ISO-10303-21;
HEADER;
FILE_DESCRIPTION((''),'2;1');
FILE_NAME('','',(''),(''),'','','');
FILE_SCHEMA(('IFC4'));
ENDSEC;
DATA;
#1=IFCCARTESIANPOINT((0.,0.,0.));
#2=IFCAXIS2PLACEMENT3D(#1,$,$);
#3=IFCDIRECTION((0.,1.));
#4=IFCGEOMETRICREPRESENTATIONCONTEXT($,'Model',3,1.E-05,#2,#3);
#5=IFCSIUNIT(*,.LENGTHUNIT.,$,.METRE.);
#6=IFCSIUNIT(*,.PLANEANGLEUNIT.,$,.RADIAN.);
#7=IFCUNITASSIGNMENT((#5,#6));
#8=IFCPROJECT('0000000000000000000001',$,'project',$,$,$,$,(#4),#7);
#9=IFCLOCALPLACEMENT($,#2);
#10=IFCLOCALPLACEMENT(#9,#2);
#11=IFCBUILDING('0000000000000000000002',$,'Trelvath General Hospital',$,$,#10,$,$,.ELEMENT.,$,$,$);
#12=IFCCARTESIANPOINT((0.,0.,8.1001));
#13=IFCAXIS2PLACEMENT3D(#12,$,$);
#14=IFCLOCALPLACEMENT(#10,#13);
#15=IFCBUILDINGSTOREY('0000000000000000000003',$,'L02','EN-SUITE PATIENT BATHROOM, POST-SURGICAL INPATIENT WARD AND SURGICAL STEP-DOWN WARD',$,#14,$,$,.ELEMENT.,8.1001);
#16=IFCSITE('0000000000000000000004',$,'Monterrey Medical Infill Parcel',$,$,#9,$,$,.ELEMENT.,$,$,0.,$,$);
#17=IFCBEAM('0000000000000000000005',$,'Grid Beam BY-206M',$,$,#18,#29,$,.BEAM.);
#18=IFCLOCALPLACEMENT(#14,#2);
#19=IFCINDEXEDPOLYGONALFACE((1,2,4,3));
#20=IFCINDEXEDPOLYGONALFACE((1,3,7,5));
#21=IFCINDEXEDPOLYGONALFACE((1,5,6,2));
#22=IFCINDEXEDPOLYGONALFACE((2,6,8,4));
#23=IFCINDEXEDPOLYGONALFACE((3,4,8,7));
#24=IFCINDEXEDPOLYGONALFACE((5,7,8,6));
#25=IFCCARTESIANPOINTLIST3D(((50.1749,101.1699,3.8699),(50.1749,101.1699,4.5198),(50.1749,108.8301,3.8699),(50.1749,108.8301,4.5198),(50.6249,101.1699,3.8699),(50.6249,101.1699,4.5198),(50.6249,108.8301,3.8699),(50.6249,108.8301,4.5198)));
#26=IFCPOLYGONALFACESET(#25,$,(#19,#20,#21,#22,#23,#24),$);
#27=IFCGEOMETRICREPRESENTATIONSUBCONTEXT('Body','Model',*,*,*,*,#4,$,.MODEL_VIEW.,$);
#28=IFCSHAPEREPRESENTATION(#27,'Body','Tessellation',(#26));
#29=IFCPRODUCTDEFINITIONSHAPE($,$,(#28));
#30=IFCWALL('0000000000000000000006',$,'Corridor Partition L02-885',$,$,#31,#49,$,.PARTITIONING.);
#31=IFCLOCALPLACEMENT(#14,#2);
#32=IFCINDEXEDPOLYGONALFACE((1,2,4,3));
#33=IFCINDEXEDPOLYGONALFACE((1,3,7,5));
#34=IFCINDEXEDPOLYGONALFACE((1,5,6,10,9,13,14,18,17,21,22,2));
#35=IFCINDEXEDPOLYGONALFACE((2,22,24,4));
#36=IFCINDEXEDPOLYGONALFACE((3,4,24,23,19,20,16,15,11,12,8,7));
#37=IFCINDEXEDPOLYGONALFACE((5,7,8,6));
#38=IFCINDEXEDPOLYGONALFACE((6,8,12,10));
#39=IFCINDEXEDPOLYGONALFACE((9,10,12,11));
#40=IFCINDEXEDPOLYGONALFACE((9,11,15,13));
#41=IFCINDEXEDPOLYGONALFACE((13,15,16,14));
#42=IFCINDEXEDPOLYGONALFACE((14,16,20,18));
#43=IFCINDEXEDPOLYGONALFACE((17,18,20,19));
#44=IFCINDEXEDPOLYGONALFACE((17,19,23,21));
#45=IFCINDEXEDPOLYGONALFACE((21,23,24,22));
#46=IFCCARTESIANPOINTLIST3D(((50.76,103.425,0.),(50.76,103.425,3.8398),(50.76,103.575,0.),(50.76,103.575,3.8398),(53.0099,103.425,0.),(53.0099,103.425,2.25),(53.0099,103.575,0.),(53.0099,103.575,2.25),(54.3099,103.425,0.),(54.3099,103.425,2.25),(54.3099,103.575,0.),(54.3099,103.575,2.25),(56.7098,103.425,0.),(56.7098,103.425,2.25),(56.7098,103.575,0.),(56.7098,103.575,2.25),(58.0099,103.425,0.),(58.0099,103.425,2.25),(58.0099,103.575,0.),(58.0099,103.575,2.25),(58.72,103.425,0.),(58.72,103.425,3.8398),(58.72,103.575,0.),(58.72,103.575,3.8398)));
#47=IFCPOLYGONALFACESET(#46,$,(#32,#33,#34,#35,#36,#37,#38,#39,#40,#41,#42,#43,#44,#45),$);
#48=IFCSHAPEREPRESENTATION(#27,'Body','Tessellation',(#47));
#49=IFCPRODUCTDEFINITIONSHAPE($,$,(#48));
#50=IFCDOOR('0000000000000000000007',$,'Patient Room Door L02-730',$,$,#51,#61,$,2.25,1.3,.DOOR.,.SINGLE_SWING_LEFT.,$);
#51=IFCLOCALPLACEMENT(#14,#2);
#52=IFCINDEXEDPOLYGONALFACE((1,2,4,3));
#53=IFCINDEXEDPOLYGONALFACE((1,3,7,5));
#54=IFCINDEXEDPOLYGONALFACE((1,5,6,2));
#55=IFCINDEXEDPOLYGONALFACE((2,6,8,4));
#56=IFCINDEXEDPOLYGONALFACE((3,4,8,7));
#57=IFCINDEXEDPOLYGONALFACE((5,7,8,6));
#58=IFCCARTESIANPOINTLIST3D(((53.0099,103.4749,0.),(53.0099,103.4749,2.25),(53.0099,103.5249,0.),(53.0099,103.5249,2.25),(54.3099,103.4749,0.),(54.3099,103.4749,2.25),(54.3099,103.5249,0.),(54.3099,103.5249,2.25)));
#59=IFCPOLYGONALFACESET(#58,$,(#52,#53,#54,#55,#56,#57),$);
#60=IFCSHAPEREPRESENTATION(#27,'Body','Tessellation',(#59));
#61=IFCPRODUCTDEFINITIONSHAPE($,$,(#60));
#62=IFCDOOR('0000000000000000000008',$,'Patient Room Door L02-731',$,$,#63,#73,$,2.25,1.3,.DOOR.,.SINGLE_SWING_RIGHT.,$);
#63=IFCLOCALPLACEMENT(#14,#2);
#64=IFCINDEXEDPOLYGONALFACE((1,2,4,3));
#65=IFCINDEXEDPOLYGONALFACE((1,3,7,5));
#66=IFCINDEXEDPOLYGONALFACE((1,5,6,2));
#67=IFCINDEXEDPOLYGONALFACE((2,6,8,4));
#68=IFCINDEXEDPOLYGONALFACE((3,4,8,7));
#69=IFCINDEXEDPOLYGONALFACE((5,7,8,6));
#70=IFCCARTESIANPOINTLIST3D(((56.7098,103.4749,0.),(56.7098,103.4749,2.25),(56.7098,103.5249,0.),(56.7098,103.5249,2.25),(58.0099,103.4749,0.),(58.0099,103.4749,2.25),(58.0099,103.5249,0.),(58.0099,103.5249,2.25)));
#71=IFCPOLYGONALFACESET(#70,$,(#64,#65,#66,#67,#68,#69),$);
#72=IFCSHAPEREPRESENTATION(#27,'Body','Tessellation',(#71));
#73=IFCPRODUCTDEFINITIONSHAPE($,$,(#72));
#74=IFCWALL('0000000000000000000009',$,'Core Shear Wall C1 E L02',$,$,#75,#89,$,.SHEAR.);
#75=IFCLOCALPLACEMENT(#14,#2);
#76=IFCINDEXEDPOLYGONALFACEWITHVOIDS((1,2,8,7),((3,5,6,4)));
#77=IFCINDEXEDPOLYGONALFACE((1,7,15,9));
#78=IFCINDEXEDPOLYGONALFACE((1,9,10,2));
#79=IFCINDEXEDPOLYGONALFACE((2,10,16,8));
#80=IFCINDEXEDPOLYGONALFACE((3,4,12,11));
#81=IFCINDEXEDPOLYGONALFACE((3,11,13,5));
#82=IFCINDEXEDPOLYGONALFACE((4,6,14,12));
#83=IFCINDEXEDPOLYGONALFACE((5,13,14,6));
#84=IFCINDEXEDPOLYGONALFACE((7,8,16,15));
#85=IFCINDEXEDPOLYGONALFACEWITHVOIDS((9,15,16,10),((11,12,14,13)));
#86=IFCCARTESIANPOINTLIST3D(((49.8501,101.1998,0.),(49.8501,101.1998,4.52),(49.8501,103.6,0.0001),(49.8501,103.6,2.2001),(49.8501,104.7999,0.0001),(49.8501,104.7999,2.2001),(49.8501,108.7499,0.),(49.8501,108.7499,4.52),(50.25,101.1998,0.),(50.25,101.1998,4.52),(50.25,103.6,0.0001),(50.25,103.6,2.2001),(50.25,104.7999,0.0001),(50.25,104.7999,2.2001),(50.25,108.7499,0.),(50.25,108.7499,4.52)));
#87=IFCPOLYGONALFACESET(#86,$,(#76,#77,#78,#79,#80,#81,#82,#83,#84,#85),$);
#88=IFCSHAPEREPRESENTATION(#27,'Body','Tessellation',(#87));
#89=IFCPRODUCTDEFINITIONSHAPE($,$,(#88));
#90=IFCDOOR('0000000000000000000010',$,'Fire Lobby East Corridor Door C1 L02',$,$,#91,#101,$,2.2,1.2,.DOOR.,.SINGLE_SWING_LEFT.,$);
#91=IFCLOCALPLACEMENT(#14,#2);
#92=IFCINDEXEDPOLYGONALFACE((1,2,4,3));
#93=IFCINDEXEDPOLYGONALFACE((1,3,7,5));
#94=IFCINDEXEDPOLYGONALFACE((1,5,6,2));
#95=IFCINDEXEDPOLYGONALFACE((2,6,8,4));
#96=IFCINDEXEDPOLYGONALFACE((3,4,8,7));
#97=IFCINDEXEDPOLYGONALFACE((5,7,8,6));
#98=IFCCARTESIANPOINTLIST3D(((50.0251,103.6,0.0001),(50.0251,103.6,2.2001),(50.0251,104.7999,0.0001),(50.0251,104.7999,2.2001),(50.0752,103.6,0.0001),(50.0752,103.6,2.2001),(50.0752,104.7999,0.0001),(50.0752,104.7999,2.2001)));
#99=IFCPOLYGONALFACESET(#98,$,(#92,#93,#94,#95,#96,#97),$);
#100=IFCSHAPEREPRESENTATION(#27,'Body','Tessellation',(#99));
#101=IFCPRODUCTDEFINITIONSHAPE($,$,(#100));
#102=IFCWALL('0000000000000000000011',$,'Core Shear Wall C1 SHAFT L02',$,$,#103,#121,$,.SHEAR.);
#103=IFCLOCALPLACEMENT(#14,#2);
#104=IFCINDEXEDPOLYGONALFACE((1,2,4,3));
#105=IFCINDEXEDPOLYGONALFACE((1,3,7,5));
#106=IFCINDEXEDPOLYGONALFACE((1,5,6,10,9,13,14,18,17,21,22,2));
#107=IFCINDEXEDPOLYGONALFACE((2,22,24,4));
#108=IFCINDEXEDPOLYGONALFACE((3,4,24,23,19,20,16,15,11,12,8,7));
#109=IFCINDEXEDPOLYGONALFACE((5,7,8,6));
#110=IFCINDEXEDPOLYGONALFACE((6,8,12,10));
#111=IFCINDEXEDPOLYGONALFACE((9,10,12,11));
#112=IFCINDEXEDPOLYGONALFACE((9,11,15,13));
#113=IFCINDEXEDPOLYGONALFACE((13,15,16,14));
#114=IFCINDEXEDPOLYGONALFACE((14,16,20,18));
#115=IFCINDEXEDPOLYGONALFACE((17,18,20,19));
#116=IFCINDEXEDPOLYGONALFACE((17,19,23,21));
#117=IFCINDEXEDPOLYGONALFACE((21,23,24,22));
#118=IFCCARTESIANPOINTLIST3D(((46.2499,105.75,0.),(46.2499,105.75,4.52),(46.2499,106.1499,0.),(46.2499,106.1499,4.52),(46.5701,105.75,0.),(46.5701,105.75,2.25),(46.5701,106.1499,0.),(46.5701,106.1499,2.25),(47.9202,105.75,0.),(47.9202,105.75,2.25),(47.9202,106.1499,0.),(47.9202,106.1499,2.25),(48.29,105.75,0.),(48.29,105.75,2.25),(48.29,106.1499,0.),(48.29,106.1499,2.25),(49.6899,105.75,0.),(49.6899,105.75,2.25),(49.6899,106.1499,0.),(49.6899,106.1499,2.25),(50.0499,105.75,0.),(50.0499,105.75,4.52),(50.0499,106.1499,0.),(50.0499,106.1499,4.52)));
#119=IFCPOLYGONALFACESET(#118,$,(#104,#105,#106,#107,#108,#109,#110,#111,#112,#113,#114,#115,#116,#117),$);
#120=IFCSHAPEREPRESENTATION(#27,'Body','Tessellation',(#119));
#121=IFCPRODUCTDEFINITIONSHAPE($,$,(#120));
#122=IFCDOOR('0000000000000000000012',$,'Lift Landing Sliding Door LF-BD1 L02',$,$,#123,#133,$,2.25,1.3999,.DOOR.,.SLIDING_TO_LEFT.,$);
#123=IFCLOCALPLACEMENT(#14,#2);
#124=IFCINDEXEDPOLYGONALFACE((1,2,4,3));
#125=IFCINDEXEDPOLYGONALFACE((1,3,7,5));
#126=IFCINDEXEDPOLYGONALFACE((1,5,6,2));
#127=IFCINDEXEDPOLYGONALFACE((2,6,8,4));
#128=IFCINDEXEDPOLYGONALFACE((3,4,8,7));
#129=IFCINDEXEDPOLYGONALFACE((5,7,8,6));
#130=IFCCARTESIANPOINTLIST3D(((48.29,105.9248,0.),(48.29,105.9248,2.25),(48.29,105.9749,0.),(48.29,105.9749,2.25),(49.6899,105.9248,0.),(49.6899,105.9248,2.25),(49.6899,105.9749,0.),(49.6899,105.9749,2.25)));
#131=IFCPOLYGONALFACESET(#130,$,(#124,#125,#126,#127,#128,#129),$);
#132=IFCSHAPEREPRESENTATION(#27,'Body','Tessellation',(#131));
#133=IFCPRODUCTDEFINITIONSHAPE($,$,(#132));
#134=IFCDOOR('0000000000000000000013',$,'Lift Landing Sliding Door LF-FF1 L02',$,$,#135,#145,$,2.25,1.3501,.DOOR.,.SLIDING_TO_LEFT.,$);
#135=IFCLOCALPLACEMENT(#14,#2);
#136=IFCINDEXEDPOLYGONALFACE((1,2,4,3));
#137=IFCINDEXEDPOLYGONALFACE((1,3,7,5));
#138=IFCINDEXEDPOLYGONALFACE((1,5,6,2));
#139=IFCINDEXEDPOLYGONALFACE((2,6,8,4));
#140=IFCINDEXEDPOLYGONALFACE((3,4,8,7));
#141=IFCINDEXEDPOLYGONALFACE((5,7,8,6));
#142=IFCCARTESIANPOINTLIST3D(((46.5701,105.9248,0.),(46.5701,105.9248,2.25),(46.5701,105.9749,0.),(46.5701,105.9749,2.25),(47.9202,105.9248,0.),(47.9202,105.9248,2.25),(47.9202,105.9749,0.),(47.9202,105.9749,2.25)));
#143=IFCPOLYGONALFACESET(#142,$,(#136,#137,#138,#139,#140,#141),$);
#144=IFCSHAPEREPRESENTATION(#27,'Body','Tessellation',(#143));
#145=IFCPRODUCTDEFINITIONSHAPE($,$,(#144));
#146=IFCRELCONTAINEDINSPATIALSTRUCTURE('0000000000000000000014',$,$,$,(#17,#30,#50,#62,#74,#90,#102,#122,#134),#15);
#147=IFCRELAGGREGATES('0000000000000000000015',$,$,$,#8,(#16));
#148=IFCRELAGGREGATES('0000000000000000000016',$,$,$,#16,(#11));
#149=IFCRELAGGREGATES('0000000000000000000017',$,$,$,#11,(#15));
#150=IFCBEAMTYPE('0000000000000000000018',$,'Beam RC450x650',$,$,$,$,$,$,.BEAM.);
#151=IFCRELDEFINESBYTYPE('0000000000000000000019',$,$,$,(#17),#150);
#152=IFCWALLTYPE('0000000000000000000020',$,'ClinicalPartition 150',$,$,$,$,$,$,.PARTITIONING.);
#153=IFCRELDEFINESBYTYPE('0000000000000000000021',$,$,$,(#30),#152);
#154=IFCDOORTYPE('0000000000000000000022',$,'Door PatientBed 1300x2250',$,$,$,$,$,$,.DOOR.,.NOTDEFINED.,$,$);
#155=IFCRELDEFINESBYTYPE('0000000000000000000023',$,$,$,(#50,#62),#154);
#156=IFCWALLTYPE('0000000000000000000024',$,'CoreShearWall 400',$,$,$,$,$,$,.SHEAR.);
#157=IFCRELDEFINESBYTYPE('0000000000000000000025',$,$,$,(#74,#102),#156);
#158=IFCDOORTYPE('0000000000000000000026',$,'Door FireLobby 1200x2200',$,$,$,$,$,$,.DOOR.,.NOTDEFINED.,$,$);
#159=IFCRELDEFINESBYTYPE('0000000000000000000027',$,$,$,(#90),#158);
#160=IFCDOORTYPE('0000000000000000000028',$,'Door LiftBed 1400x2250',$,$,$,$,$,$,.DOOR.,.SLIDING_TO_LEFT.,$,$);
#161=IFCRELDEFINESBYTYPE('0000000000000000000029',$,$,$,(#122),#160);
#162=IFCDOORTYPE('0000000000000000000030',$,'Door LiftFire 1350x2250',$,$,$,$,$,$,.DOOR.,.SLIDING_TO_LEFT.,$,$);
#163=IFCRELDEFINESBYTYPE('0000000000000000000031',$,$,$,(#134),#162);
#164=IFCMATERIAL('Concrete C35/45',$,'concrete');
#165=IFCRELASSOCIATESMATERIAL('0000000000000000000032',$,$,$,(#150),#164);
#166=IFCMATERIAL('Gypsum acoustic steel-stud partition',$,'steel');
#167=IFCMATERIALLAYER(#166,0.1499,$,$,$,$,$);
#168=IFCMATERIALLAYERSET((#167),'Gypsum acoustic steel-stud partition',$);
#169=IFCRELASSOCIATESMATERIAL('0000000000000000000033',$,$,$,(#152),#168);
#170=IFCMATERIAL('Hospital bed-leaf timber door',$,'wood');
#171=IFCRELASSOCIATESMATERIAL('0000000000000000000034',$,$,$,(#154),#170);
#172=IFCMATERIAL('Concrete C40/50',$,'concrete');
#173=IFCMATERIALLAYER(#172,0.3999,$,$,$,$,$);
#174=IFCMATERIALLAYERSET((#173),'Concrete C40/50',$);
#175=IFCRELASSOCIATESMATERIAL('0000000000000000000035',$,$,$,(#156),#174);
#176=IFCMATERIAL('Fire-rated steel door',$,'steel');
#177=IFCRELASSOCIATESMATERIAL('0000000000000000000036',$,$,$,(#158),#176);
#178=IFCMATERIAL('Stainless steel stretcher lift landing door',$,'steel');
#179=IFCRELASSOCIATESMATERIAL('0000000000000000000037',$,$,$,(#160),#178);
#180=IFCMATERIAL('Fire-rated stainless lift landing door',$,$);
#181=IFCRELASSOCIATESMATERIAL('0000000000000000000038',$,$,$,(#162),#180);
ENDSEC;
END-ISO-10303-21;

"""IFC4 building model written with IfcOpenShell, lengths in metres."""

from ifc_helpers import new_model, si_unit, direction, frame, frame_2d, origin, origin_2d, place, context, subcontext, project, spatial, rectangle, extrude, material, layer, layer_set, material_profile, profile_set, type_object, element, fill, save


model = new_model("IFC4")

# Units and contexts
model_context = context("Model", 3, precision=1e-05, world=origin(), true_north=direction((0.0, 1.0)))
body_context = subcontext(model_context, "Body", "Model", "MODEL_VIEW")
ifc_project = project(units=[si_unit("LENGTHUNIT", "METRE"), si_unit("PLANEANGLEUNIT", "RADIAN")], contexts=[model_context])

# Site, building, storey
site_placement = place(None, origin())
site = spatial("IfcSite", under=ifc_project, at=site_placement, Name="Monterrey Medical Infill Parcel", CompositionType="ELEMENT", RefElevation=0.0)
building_placement = place(site_placement, origin())
building = spatial("IfcBuilding", under=site, at=building_placement, Name="Trelvath General Hospital", CompositionType="ELEMENT")
storey_placement = place(building_placement, frame((0.0, 0.0, 8.1001)))
storey = spatial("IfcBuildingStorey", under=building, at=storey_placement, Name="L02", Description="EN-SUITE PATIENT BATHROOM, POST-SURGICAL INPATIENT WARD AND SURGICAL STEP-DOWN WARD", CompositionType="ELEMENT", Elevation=8.1001)

# Beam
ifc_material_1 = material(Name="Concrete C35/45", Category="concrete")
ifc_material_profile = material_profile(ifc_material_1, rectangle(XDim=0.45, YDim=0.6499, at=origin_2d()), Name="RCB450x650")
ifc_profile_set = profile_set([ifc_material_profile], Name="Concrete C35/45")
beam_type = type_object("IfcBeamType", Name="Beam RC450x650", PredefinedType="BEAM", material=ifc_profile_set)
beam_placement = place(storey_placement, frame((50.3999, 101.1699, 4.1948), z_axis=(0.0, 1.0, 0.0), x_axis=(-1.0, 0.0, 0.0)))
element("IfcBeam", 1, at=beam_placement, inside=storey, type_object=beam_type, Name="Grid Beam BY-206M", PredefinedType="BEAM", context=body_context, shape_type="SweptSolid", body=[
    extrude(rectangle(XDim=0.45, YDim=0.6499, at=origin_2d()), origin(), (0.0, 0.0, 1.0), 7.6602),
])

# Wall, openings, doors
ifc_material_2 = material(Name="Gypsum acoustic steel-stud partition", Category="steel")
ifc_layer_1 = layer(ifc_material_2, 0.1499)
ifc_layer_set_1 = layer_set([ifc_layer_1], Name="Gypsum acoustic steel-stud partition")
wall_type_1 = type_object("IfcWallType", Name="ClinicalPartition 150", PredefinedType="PARTITIONING", material=ifc_layer_set_1)
wall_1_placement = place(storey_placement, frame((50.76, 103.5, 0.0), z_axis=(0.0, 0.0, 1.0), x_axis=(1.0, 0.0, 0.0)))
wall_1 = element("IfcWall", 2, at=wall_1_placement, inside=storey, type_object=wall_type_1, Name="Corridor Partition L02-885", PredefinedType="PARTITIONING", context=body_context, shape_type="SweptSolid", body=[
    extrude(rectangle(XDim=7.96, YDim=0.1499, at=frame_2d((3.98, 0.0))), origin(), (0.0, 0.0, 1.0), 3.8398),
])
opening_1_placement = place(wall_1_placement, frame((2.25, 0.0, 0.0)))
opening_1 = element("IfcOpeningElement", 3, at=opening_1_placement, cuts=wall_1, PredefinedType="OPENING", context=body_context, shape_type="SweptSolid", body=[
    extrude(rectangle(XDim=1.3, YDim=2.25, at=frame_2d((0.6499, 1.125))), frame((0.0, 0.085, 0.0), z_axis=(0.0, -1.0, 0.0), x_axis=(1.0, 0.0, 0.0)), (0.0, 0.0, 1.0), 0.1699),
])
opening_2_placement = place(wall_1_placement, frame((5.95, 0.0, 0.0)))
opening_2 = element("IfcOpeningElement", 4, at=opening_2_placement, cuts=wall_1, PredefinedType="OPENING", context=body_context, shape_type="SweptSolid", body=[
    extrude(rectangle(XDim=1.3, YDim=2.25, at=frame_2d((0.6499, 1.125))), frame((0.0, 0.085, 0.0), z_axis=(0.0, -1.0, 0.0), x_axis=(1.0, 0.0, 0.0)), (0.0, 0.0, 1.0), 0.1699),
])
ifc_material_3 = material(Name="Hospital bed-leaf timber door", Category="wood")
door_type_1 = type_object("IfcDoorType", Name="Door PatientBed 1300x2250", OperationType="NOTDEFINED", PredefinedType="DOOR", material=ifc_material_3)
door_1_placement = place(opening_1_placement, origin())
door_1 = element("IfcDoor", 5, at=door_1_placement, inside=storey, type_object=door_type_1, Name="Patient Room Door L02-730", OperationType="SINGLE_SWING_LEFT", OverallHeight=2.25, OverallWidth=1.3, PredefinedType="DOOR", context=body_context, shape_type="SweptSolid", body=[
    extrude(rectangle(XDim=1.3, YDim=2.25, at=frame_2d((0.6499, 1.125))), frame((0.0, 0.0249, 0.0), z_axis=(0.0, -1.0, 0.0), x_axis=(1.0, 0.0, 0.0)), (0.0, 0.0, 1.0), 0.05),
])
fill(opening_1, door_1)
door_2_placement = place(opening_2_placement, origin())
door_2 = element("IfcDoor", 6, at=door_2_placement, inside=storey, type_object=door_type_1, Name="Patient Room Door L02-731", OperationType="SINGLE_SWING_RIGHT", OverallHeight=2.25, OverallWidth=1.3, PredefinedType="DOOR", context=body_context, shape_type="SweptSolid", body=[
    extrude(rectangle(XDim=1.3, YDim=2.25, at=frame_2d((0.6499, 1.125))), frame((0.0, 0.0249, 0.0), z_axis=(0.0, -1.0, 0.0), x_axis=(1.0, 0.0, 0.0)), (0.0, 0.0, 1.0), 0.05),
])
fill(opening_2, door_2)

# Wall, opening, door
ifc_material_4 = material(Name="Concrete C40/50", Category="concrete")
ifc_layer_2 = layer(ifc_material_4, 0.3999)
ifc_layer_set_2 = layer_set([ifc_layer_2], Name="Concrete C40/50")
wall_type_2 = type_object("IfcWallType", Name="CoreShearWall 400", PredefinedType="SHEAR", material=ifc_layer_set_2)
wall_2_placement = place(storey_placement, frame((50.05, 101.2, 0.0), z_axis=(0.0, 0.0, 1.0), x_axis=(0.0, 1.0, 0.0)))
wall_2 = element("IfcWall", 7, at=wall_2_placement, inside=storey, type_object=wall_type_2, Name="Core Shear Wall C1 E L02", PredefinedType="SHEAR", context=body_context, shape_type="SweptSolid", body=[
    extrude(rectangle(XDim=7.55, YDim=0.3999, at=frame_2d((3.7749, 0.0))), origin(), (0.0, 0.0, 1.0), 4.52),
])
opening_3_placement = place(wall_2_placement, frame((2.3999, 0.0, 0.0)))
opening_3 = element("IfcOpeningElement", 8, at=opening_3_placement, cuts=wall_2, PredefinedType="OPENING", context=body_context, shape_type="SweptSolid", body=[
    extrude(rectangle(XDim=1.2, YDim=2.2, at=frame_2d((0.6001, 1.1001))), frame((0.0, 0.21, 0.0), z_axis=(0.0, -1.0, 0.0), x_axis=(1.0, 0.0, 0.0)), (0.0, 0.0, 1.0), 0.4199),
])
ifc_material_5 = material(Name="Fire-rated steel door", Category="steel")
door_type_2 = type_object("IfcDoorType", Name="Door FireLobby 1200x2200", OperationType="NOTDEFINED", PredefinedType="DOOR", material=ifc_material_5)
door_3_placement = place(opening_3_placement, origin())
door_3 = element("IfcDoor", 9, at=door_3_placement, inside=storey, type_object=door_type_2, Name="Fire Lobby East Corridor Door C1 L02", OperationType="SINGLE_SWING_LEFT", OverallHeight=2.2, OverallWidth=1.2, PredefinedType="DOOR", context=body_context, shape_type="SweptSolid", body=[
    extrude(rectangle(XDim=1.2, YDim=2.2, at=frame_2d((0.6001, 1.1001))), frame((0.0, 0.0249, 0.0), z_axis=(0.0, -1.0, 0.0), x_axis=(1.0, 0.0, 0.0)), (0.0, 0.0, 1.0), 0.05),
])
fill(opening_3, door_3)

# Wall, openings, doors
wall_3_placement = place(storey_placement, frame((46.25, 105.95, 0.0), z_axis=(0.0, 0.0, 1.0), x_axis=(1.0, 0.0, 0.0)))
wall_3 = element("IfcWall", 10, at=wall_3_placement, inside=storey, type_object=wall_type_2, Name="Core Shear Wall C1 SHAFT L02", PredefinedType="SHEAR", context=body_context, shape_type="SweptSolid", body=[
    extrude(rectangle(XDim=3.8, YDim=0.3999, at=frame_2d((1.8999, 0.0))), origin(), (0.0, 0.0, 1.0), 4.52),
])
opening_4_placement = place(wall_3_placement, frame((0.3201, 0.0, 0.0)))
opening_4 = element("IfcOpeningElement", 11, at=opening_4_placement, cuts=wall_3, PredefinedType="OPENING", context=body_context, shape_type="SweptSolid", body=[
    extrude(rectangle(XDim=1.3501, YDim=2.25, at=frame_2d((0.675, 1.125))), frame((0.0, 0.21, 0.0), z_axis=(0.0, -1.0, 0.0), x_axis=(1.0, 0.0, 0.0)), (0.0, 0.0, 1.0), 0.4199),
])
opening_5_placement = place(wall_3_placement, frame((2.04, 0.0, 0.0)))
opening_5 = element("IfcOpeningElement", 12, at=opening_5_placement, cuts=wall_3, PredefinedType="OPENING", context=body_context, shape_type="SweptSolid", body=[
    extrude(rectangle(XDim=1.3999, YDim=2.25, at=frame_2d((0.7, 1.125))), frame((0.0, 0.21, 0.0), z_axis=(0.0, -1.0, 0.0), x_axis=(1.0, 0.0, 0.0)), (0.0, 0.0, 1.0), 0.4199),
])
ifc_material_6 = material(Name="Stainless steel stretcher lift landing door", Category="steel")
door_type_3 = type_object("IfcDoorType", Name="Door LiftBed 1400x2250", OperationType="SLIDING_TO_LEFT", PredefinedType="DOOR", material=ifc_material_6)
door_4_placement = place(opening_5_placement, origin())
door_4 = element("IfcDoor", 13, at=door_4_placement, inside=storey, type_object=door_type_3, Name="Lift Landing Sliding Door LF-BD1 L02", OperationType="SLIDING_TO_LEFT", OverallHeight=2.25, OverallWidth=1.3999, PredefinedType="DOOR", context=body_context, shape_type="SweptSolid", body=[
    extrude(rectangle(XDim=1.3999, YDim=2.25, at=frame_2d((0.7, 1.125))), frame((0.0, 0.0249, 0.0), z_axis=(0.0, -1.0, 0.0), x_axis=(1.0, 0.0, 0.0)), (0.0, 0.0, 1.0), 0.05),
])
fill(opening_5, door_4)
ifc_material_7 = material(Name="Fire-rated stainless lift landing door")
door_type_4 = type_object("IfcDoorType", Name="Door LiftFire 1350x2250", OperationType="SLIDING_TO_LEFT", PredefinedType="DOOR", material=ifc_material_7)
door_5_placement = place(opening_4_placement, origin())
door_5 = element("IfcDoor", 14, at=door_5_placement, inside=storey, type_object=door_type_4, Name="Lift Landing Sliding Door LF-FF1 L02", OperationType="SLIDING_TO_LEFT", OverallHeight=2.25, OverallWidth=1.3501, PredefinedType="DOOR", context=body_context, shape_type="SweptSolid", body=[
    extrude(rectangle(XDim=1.3501, YDim=2.25, at=frame_2d((0.675, 1.125))), frame((0.0, 0.0249, 0.0), z_axis=(0.0, -1.0, 0.0), x_axis=(1.0, 0.0, 0.0)), (0.0, 0.0, 1.0), 0.05),
])
fill(opening_4, door_5)

save(model, "model.ifc")
